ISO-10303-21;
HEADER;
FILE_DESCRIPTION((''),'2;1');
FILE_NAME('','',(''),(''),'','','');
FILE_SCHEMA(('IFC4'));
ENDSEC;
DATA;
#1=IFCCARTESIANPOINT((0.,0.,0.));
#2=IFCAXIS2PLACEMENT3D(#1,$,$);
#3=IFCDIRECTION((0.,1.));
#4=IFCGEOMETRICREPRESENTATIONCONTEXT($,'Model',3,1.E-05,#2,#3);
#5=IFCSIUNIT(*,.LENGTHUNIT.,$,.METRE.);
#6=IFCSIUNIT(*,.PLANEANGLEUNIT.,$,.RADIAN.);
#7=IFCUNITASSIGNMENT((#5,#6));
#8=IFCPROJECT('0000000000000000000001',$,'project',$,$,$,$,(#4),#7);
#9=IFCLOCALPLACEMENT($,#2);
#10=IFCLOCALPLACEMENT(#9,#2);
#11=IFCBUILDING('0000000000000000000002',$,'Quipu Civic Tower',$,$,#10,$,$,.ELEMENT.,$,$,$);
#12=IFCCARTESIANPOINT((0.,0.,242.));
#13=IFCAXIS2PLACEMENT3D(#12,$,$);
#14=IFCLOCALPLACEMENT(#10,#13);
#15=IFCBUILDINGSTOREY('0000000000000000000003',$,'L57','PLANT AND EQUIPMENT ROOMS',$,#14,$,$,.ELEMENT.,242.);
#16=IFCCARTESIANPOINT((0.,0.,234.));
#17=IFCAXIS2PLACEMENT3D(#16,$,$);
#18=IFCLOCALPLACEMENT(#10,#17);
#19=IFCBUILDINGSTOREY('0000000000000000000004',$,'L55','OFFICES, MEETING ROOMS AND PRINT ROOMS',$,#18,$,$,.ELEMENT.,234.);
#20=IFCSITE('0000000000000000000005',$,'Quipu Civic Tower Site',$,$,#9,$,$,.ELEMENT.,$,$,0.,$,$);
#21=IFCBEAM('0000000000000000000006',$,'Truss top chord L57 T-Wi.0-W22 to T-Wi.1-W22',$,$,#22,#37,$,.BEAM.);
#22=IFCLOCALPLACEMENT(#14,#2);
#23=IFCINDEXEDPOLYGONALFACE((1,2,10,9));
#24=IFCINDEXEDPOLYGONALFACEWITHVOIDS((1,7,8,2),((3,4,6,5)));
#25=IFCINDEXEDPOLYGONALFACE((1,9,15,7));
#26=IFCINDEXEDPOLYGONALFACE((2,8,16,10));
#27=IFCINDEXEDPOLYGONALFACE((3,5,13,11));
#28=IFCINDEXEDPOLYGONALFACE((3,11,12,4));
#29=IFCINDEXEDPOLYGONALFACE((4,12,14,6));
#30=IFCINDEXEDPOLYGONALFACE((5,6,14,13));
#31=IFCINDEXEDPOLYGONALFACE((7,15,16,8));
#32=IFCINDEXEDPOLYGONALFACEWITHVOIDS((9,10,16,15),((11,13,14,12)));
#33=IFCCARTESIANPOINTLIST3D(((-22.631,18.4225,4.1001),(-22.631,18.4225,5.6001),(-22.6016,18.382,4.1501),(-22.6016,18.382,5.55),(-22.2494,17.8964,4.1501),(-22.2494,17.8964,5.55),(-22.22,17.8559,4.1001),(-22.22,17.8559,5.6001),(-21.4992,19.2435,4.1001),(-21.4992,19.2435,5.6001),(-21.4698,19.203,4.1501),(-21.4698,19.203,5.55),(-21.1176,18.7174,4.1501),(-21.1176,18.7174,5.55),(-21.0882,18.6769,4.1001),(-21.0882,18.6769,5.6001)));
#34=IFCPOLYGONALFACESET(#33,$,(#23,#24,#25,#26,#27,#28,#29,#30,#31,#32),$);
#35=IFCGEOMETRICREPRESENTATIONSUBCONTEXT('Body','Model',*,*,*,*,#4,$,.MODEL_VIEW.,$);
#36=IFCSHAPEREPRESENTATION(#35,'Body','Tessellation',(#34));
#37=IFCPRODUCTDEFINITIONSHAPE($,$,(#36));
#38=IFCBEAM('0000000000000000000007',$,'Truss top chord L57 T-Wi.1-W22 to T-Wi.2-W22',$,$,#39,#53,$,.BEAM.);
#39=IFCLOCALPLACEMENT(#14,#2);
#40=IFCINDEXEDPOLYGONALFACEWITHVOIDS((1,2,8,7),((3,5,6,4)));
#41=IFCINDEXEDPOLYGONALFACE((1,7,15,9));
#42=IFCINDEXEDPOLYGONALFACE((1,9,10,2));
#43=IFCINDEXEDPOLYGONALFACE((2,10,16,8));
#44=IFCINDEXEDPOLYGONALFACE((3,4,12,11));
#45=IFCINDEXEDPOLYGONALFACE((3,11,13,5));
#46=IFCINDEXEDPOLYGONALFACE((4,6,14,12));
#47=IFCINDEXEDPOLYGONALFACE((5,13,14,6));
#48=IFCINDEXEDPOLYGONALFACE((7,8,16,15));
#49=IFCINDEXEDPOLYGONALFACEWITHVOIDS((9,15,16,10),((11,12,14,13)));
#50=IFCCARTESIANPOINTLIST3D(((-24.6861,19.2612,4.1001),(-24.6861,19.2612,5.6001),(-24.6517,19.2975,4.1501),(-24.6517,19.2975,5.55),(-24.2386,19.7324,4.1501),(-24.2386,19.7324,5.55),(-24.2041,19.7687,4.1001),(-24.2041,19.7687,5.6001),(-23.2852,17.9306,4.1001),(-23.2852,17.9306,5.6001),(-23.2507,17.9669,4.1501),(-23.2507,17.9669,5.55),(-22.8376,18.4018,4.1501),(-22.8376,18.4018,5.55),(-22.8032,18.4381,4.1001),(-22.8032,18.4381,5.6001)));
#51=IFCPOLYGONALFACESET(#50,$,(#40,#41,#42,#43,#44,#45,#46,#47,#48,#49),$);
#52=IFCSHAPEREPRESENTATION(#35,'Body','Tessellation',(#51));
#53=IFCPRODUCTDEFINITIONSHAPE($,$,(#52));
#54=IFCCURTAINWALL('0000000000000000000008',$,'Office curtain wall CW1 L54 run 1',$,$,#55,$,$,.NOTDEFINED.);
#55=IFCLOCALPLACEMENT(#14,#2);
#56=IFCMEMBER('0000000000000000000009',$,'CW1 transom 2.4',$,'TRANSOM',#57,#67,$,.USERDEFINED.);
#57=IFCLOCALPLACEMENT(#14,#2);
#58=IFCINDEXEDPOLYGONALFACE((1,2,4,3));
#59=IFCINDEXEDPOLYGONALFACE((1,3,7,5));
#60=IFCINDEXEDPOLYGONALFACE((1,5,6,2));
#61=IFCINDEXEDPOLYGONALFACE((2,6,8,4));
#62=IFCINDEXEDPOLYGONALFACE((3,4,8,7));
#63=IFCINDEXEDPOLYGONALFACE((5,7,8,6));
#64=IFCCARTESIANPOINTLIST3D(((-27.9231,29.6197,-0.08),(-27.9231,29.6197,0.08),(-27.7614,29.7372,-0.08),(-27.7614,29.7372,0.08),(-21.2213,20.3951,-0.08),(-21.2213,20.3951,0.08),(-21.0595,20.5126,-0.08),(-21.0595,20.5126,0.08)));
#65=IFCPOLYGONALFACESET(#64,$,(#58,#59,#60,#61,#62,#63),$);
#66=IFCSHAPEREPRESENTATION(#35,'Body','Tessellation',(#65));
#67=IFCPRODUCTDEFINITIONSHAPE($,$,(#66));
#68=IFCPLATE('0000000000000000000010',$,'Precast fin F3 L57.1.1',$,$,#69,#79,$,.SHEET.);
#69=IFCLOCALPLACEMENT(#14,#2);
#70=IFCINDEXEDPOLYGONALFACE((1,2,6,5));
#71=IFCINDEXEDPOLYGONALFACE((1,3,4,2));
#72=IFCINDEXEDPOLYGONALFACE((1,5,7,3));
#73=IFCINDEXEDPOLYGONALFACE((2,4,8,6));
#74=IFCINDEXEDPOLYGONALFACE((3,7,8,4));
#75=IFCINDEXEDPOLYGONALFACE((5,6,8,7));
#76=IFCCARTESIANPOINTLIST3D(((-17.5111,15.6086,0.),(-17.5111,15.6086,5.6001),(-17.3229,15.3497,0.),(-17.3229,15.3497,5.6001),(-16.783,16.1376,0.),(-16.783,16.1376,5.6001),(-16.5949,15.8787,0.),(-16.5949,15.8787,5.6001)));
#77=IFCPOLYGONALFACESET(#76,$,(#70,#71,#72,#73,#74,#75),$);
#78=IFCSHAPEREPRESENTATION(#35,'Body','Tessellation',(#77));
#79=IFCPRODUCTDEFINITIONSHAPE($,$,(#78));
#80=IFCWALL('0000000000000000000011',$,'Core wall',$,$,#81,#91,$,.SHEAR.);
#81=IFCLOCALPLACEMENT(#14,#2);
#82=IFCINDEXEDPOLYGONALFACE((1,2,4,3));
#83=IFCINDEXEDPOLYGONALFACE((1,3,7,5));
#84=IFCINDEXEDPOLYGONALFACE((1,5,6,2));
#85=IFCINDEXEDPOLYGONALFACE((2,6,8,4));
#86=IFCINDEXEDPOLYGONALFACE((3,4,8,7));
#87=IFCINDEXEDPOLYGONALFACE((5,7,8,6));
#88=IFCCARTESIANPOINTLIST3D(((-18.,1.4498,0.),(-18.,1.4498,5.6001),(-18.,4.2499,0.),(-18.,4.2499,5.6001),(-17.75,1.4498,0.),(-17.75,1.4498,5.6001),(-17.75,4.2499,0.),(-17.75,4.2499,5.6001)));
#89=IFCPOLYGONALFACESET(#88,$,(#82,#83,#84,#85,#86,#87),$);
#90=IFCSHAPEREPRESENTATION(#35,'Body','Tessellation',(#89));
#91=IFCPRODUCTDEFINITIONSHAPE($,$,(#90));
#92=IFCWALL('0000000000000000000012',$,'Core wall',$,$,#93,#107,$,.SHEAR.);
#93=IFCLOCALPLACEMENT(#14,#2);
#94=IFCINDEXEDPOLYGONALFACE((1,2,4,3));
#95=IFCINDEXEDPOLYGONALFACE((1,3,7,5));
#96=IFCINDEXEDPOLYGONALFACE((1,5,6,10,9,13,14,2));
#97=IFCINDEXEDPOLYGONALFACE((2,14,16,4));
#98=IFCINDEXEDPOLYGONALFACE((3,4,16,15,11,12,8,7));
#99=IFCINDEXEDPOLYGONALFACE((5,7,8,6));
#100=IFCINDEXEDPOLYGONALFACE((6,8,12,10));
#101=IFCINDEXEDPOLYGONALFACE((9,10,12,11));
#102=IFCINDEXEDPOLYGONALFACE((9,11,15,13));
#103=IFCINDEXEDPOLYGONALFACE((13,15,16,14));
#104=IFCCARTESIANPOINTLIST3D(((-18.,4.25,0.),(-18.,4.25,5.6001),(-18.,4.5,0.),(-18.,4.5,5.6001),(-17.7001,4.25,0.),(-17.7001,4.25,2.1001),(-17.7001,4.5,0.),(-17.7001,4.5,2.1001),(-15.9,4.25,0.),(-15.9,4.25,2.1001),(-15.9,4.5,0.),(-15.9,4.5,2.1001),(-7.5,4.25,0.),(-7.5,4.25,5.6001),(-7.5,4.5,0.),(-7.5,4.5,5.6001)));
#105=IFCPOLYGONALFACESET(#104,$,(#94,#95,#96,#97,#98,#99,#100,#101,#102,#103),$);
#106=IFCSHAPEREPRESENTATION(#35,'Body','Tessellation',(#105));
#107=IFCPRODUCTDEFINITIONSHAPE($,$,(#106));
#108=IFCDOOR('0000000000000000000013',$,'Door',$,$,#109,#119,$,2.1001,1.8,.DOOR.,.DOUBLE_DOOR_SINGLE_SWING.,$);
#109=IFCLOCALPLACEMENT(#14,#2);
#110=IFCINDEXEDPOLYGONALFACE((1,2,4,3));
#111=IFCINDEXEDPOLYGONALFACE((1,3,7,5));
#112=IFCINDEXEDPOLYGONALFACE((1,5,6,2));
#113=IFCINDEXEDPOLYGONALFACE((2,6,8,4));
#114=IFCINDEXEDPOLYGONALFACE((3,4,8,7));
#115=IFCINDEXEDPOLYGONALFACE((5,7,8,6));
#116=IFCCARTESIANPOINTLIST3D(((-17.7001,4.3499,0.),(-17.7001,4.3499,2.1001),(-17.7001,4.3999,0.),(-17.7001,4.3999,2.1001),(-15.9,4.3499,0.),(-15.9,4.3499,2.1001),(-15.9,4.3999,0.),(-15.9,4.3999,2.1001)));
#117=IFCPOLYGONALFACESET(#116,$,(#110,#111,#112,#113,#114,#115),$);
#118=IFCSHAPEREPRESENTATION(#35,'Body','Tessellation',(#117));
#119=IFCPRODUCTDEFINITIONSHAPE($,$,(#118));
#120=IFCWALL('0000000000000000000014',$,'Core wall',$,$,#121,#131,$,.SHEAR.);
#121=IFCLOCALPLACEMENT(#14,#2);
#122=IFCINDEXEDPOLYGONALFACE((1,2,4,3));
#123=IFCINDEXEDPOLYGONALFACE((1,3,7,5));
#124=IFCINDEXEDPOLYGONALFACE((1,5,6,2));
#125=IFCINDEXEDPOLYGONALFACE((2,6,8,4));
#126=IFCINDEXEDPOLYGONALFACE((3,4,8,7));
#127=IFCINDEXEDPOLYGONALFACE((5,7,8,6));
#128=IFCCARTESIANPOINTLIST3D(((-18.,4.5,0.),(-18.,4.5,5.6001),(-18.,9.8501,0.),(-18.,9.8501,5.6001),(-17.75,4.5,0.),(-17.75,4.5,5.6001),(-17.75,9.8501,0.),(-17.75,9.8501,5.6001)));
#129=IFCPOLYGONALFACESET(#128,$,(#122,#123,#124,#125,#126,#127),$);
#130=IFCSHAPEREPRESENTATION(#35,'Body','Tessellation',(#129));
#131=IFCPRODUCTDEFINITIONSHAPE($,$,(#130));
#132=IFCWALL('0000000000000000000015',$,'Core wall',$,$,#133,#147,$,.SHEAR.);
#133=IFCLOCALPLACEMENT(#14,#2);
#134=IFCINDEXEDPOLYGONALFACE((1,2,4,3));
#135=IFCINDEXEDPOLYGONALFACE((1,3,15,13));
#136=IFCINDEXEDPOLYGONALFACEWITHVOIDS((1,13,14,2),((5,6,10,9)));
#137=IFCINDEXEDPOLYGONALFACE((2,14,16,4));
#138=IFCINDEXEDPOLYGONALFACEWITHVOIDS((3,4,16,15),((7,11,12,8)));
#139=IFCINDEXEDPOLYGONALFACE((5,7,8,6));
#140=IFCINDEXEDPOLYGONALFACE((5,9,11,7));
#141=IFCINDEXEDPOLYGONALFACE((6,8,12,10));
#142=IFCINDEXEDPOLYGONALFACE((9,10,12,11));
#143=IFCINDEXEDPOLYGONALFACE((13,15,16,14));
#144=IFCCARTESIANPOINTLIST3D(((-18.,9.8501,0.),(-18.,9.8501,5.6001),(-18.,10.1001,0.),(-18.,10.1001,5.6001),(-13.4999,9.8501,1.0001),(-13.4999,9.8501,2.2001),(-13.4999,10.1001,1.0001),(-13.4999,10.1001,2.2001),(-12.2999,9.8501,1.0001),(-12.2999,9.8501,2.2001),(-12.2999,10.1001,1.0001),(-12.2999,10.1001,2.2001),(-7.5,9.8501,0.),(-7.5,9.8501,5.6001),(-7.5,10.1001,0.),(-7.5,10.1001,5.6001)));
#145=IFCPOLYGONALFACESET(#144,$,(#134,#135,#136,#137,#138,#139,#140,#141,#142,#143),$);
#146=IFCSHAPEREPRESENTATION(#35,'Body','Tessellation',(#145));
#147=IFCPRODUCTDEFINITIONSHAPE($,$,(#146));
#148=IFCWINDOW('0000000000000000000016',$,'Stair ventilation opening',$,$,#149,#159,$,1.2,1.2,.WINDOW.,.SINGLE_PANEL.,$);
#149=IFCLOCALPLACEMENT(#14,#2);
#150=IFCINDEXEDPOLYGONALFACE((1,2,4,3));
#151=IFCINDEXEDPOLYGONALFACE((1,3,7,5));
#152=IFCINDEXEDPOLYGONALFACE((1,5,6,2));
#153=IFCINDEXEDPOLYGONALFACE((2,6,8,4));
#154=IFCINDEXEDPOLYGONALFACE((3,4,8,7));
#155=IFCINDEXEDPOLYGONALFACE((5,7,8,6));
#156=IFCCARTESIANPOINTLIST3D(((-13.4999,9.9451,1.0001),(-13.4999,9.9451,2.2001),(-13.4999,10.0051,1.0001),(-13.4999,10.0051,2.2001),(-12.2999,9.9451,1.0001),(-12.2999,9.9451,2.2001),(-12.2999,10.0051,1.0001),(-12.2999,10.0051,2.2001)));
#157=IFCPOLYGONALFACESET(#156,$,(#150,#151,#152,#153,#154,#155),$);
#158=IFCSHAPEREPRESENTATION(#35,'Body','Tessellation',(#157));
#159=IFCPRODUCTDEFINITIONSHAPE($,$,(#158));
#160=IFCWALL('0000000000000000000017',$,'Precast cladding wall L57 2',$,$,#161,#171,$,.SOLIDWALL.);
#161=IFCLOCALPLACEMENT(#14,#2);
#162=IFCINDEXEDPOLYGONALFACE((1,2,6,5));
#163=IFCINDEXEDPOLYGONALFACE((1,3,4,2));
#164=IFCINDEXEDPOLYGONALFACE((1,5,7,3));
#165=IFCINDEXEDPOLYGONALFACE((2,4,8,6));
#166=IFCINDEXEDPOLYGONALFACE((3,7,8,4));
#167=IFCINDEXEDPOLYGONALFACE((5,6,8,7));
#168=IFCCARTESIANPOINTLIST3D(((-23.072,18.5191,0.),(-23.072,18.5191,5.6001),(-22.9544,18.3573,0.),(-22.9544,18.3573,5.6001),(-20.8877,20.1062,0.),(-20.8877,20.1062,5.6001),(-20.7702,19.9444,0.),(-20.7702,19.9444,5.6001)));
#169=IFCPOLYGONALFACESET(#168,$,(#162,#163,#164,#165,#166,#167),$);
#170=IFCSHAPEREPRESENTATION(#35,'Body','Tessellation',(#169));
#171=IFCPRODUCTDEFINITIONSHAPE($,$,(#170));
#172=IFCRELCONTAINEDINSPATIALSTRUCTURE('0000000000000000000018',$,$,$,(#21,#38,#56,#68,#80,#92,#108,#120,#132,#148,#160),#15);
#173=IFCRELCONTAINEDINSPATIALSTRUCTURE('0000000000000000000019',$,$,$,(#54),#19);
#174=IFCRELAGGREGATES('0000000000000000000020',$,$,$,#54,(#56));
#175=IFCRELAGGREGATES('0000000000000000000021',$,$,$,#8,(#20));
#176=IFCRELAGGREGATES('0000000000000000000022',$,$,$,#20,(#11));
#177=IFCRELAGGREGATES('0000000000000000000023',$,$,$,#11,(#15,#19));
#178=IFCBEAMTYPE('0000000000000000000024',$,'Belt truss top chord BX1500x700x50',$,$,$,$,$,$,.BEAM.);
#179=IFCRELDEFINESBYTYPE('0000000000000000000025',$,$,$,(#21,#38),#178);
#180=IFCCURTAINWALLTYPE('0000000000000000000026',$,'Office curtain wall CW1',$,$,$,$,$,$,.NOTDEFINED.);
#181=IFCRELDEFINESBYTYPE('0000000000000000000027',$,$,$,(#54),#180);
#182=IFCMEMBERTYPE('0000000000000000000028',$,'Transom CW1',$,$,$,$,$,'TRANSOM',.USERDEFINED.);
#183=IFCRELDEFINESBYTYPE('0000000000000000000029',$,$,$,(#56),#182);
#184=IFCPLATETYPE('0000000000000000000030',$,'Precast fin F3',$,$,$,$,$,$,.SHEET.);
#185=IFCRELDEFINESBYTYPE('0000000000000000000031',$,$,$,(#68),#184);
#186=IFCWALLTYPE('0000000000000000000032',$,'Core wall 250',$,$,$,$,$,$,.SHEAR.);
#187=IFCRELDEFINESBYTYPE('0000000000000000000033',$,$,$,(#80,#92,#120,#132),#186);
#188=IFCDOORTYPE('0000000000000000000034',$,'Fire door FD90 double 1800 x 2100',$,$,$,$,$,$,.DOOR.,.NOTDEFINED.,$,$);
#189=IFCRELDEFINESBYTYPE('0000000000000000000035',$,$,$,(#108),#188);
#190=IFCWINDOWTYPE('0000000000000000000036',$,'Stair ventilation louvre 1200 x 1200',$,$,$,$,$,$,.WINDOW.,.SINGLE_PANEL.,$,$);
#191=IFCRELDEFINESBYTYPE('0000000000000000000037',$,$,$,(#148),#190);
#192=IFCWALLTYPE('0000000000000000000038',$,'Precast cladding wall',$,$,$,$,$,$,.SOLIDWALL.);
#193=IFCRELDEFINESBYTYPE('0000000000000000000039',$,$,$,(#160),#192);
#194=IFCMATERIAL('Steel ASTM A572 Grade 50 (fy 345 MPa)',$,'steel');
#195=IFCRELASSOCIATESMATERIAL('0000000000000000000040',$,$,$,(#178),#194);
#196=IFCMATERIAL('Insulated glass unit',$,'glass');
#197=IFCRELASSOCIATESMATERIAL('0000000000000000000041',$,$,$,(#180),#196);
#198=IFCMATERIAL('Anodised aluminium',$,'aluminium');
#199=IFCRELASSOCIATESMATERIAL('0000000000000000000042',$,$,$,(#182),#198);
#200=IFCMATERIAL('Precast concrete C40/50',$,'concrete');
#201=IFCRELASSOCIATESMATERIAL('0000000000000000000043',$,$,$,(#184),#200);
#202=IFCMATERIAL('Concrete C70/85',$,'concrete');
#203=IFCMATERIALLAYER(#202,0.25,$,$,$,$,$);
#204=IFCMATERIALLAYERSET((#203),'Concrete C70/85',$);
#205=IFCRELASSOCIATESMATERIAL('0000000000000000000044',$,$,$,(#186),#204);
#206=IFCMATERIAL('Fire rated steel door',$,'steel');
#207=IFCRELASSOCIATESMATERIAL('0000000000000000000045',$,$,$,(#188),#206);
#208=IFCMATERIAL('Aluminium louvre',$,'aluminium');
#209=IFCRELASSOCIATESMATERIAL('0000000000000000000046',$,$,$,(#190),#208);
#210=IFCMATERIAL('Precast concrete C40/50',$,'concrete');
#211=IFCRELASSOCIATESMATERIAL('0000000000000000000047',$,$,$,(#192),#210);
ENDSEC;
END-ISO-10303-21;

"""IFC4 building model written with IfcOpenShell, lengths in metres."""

from ifc_helpers import new_model, si_unit, direction, frame, frame_2d, origin, origin_2d, place, context, subcontext, project, spatial, rectangle, hollow_rectangle, extrude, material, layer, layer_set, material_profile, profile_set, type_object, element, fill, aggregate, save


model = new_model("IFC4")

# Units and contexts
model_context = context("Model", 3, precision=1e-05, world=origin(), true_north=direction((0.0, 1.0)))
body_context = subcontext(model_context, "Body", "Model", "MODEL_VIEW")
ifc_project = project(units=[si_unit("LENGTHUNIT", "METRE"), si_unit("PLANEANGLEUNIT", "RADIAN")], contexts=[model_context])

# Site, building, storey
site_placement = place(None, origin())
site = spatial("IfcSite", under=ifc_project, at=site_placement, Name="Quipu Civic Tower Site", CompositionType="ELEMENT", RefElevation=0.0)
building_placement = place(site_placement, origin())
building = spatial("IfcBuilding", under=site, at=building_placement, Name="Quipu Civic Tower", CompositionType="ELEMENT")
storey_1_placement = place(building_placement, frame((0.0, 0.0, 242.0)))
storey_1 = spatial("IfcBuildingStorey", under=building, at=storey_1_placement, Name="L57", Description="PLANT AND EQUIPMENT ROOMS", CompositionType="ELEMENT", Elevation=242.0)

# Beams
ifc_material_1 = material(Name="Steel ASTM A572 Grade 50 (fy 345 MPa)", Category="steel")
ifc_material_profile_1 = material_profile(ifc_material_1, hollow_rectangle(XDim=0.7, YDim=1.5, WallThickness=0.05, at=origin_2d()), Name="BX1500x700x50")
ifc_profile_set_1 = profile_set([ifc_material_profile_1], Name="Steel ASTM A572 Grade 50 (fy 345 MPa)")
beam_type_1 = type_object("IfcBeamType", Name="Belt truss top chord BX1500x700x50", PredefinedType="BEAM", material=ifc_profile_set_1)
beam_1_placement = place(storey_1_placement, frame((-21.2937, 18.9602, 4.8501), z_axis=(-0.809453, -0.587185, 0.0), x_axis=(0.587185, -0.809453, 0.0)))
element("IfcBeam", 1, at=beam_1_placement, inside=storey_1, type_object=beam_type_1, Name="Truss top chord L57 T-Wi.0-W22 to T-Wi.1-W22", PredefinedType="BEAM", context=body_context, shape_type="SweptSolid", body=[
    extrude(hollow_rectangle(XDim=0.7, YDim=1.5, WallThickness=0.05, at=origin_2d()), origin(), (0.0, 0.0, 1.0), 1.3982),
])
beam_2_placement = place(storey_1_placement, frame((-23.0442, 18.1843, 4.8501), z_axis=(-0.725069, 0.688676, 0.0), x_axis=(-0.688676, -0.725069, 0.0)))
element("IfcBeam", 2, at=beam_2_placement, inside=storey_1, type_object=beam_type_1, Name="Truss top chord L57 T-Wi.1-W22 to T-Wi.2-W22", PredefinedType="BEAM", context=body_context, shape_type="SweptSolid", body=[
    extrude(hollow_rectangle(XDim=0.7, YDim=1.5, WallThickness=0.05, at=origin_2d()), origin(), (0.0, 0.0, 1.0), 1.9321),
])

# Shared definitions
storey_2_placement = place(building_placement, frame((0.0, 0.0, 234.0)))
storey_2 = spatial("IfcBuildingStorey", under=building, at=storey_2_placement, Name="L55", Description="OFFICES, MEETING ROOMS AND PRINT ROOMS", CompositionType="ELEMENT", Elevation=234.0)

# Curtain wall, member
ifc_material_2 = material(Name="Insulated glass unit", Category="glass")
curtain_wall_type = type_object("IfcCurtainWallType", Name="Office curtain wall CW1", PredefinedType="NOTDEFINED", material=ifc_material_2)
curtain_wall_placement = place(storey_2_placement, origin())
curtain_wall = element("IfcCurtainWall", 3, at=curtain_wall_placement, inside=storey_2, type_object=curtain_wall_type, Name="Office curtain wall CW1 L54 run 1", PredefinedType="NOTDEFINED")
ifc_material_3 = material(Name="Anodised aluminium", Category="aluminium")
ifc_material_profile_2 = material_profile(ifc_material_3, rectangle(XDim=0.2, YDim=0.1599, at=origin_2d()), Name="RECT 200x160")
ifc_profile_set_2 = profile_set([ifc_material_profile_2], Name="Anodised aluminium")
member_type_1 = type_object("IfcMemberType", Name="Transom CW1", ElementType="TRANSOM", PredefinedType="USERDEFINED", material=ifc_profile_set_2)
member_1_placement = place(storey_1_placement, frame((-21.1404, 20.4539, 0.0), z_axis=(-0.587776, 0.809024, 0.0), x_axis=(-0.809024, -0.587776, 0.0)))
member_1 = element("IfcMember", 4, at=member_1_placement, inside=storey_1, type_object=member_type_1, Name="CW1 transom 2.4", ObjectType="TRANSOM", PredefinedType="USERDEFINED", context=body_context, shape_type="SweptSolid", body=[
    extrude(rectangle(XDim=0.2, YDim=0.1599, at=origin_2d()), origin(), (0.0, 0.0, 1.0), 11.4021),
])
aggregate(curtain_wall, [member_1])

# Plate
ifc_material_4 = material(Name="Precast concrete C40/50", Category="concrete")
plate_type = type_object("IfcPlateType", Name="Precast fin F3", PredefinedType="SHEET", material=ifc_material_4)
plate_placement = place(storey_1_placement, frame((-17.053, 15.7437, 0.0), z_axis=(0.0, 0.0, 1.0), x_axis=(-0.587784, 0.809018, 0.0)))
element("IfcPlate", 5, at=plate_placement, inside=storey_1, type_object=plate_type, Name="Precast fin F3 L57.1.1", PredefinedType="SHEET", context=body_context, shape_type="SweptSolid", body=[
    extrude(rectangle(XDim=0.3201, YDim=0.8999, at=origin_2d()), origin(), (0.0, 0.0, 1.0), 5.6001),
])

# Wall
ifc_material_5 = material(Name="Concrete C70/85", Category="concrete")
ifc_layer = layer(ifc_material_5, 0.25)
ifc_layer_set = layer_set([ifc_layer], Name="Concrete C70/85")
wall_type_1 = type_object("IfcWallType", Name="Core wall 250", PredefinedType="SHEAR", material=ifc_layer_set)
wall_1_placement = place(storey_1_placement, frame((-17.875, 1.45, 0.0), z_axis=(0.0, 0.0, 1.0), x_axis=(0.0, 1.0, 0.0)))
element("IfcWall", 6, at=wall_1_placement, inside=storey_1, type_object=wall_type_1, Name="Core wall", PredefinedType="SHEAR", context=body_context, shape_type="SweptSolid", body=[
    extrude(rectangle(XDim=2.8, YDim=0.25, at=frame_2d((1.3999, 0.0))), origin(), (0.0, 0.0, 1.0), 5.6001),
])

# Wall, opening, door
wall_2_placement = place(storey_1_placement, frame((-18.0, 4.375, 0.0), z_axis=(0.0, 0.0, 1.0), x_axis=(1.0, 0.0, 0.0)))
wall_2 = element("IfcWall", 7, at=wall_2_placement, inside=storey_1, type_object=wall_type_1, Name="Core wall", PredefinedType="SHEAR", context=body_context, shape_type="SweptSolid", body=[
    extrude(rectangle(XDim=10.5, YDim=0.25, at=frame_2d((5.25, 0.0))), origin(), (0.0, 0.0, 1.0), 5.6001),
])
opening_1_placement = place(wall_2_placement, frame((0.3, 0.0, 0.0)))
opening_1 = element("IfcOpeningElement", 8, at=opening_1_placement, cuts=wall_2, PredefinedType="OPENING", context=body_context, shape_type="SweptSolid", body=[
    extrude(rectangle(XDim=1.8, YDim=2.1001, at=frame_2d((0.8999, 1.05))), frame((0.0, 0.135, 0.0), z_axis=(0.0, -1.0, 0.0), x_axis=(1.0, 0.0, 0.0)), (0.0, 0.0, 1.0), 0.27),
])
ifc_material_6 = material(Name="Fire rated steel door", Category="steel")
door_type = type_object("IfcDoorType", Name="Fire door FD90 double 1800 x 2100", OperationType="NOTDEFINED", PredefinedType="DOOR", material=ifc_material_6)
door_placement = place(opening_1_placement, origin())
door = element("IfcDoor", 9, at=door_placement, inside=storey_1, type_object=door_type, Name="Door", OperationType="DOUBLE_DOOR_SINGLE_SWING", OverallHeight=2.1001, OverallWidth=1.8, PredefinedType="DOOR", context=body_context, shape_type="SweptSolid", body=[
    extrude(rectangle(XDim=1.8, YDim=2.1001, at=frame_2d((0.8999, 1.05))), frame((0.0, 0.0249, 0.0), z_axis=(0.0, -1.0, 0.0), x_axis=(1.0, 0.0, 0.0)), (0.0, 0.0, 1.0), 0.05),
])
fill(opening_1, door)

# Wall
wall_3_placement = place(storey_1_placement, frame((-17.875, 4.5, 0.0), z_axis=(0.0, 0.0, 1.0), x_axis=(0.0, 1.0, 0.0)))
element("IfcWall", 10, at=wall_3_placement, inside=storey_1, type_object=wall_type_1, Name="Core wall", PredefinedType="SHEAR", context=body_context, shape_type="SweptSolid", body=[
    extrude(rectangle(XDim=5.3501, YDim=0.25, at=frame_2d((2.675, 0.0))), origin(), (0.0, 0.0, 1.0), 5.6001),
])

# Wall, opening, window
wall_4_placement = place(storey_1_placement, frame((-18.0, 9.9751, 0.0), z_axis=(0.0, 0.0, 1.0), x_axis=(1.0, 0.0, 0.0)))
wall_4 = element("IfcWall", 11, at=wall_4_placement, inside=storey_1, type_object=wall_type_1, Name="Core wall", PredefinedType="SHEAR", context=body_context, shape_type="SweptSolid", body=[
    extrude(rectangle(XDim=10.5, YDim=0.25, at=frame_2d((5.25, 0.0))), origin(), (0.0, 0.0, 1.0), 5.6001),
])
opening_2_placement = place(wall_4_placement, frame((4.5, 0.0, 1.0)))
opening_2 = element("IfcOpeningElement", 12, at=opening_2_placement, cuts=wall_4, PredefinedType="OPENING", context=body_context, shape_type="SweptSolid", body=[
    extrude(rectangle(XDim=1.2, YDim=1.2, at=frame_2d((0.6001, 0.6001))), frame((0.0, 0.135, 0.0), z_axis=(0.0, -1.0, 0.0), x_axis=(1.0, 0.0, 0.0)), (0.0, 0.0, 1.0), 0.27),
])
ifc_material_7 = material(Name="Aluminium louvre", Category="aluminium")
window_type = type_object("IfcWindowType", Name="Stair ventilation louvre 1200 x 1200", PartitioningType="SINGLE_PANEL", PredefinedType="WINDOW", material=ifc_material_7)
window_placement = place(opening_2_placement, origin())
window = element("IfcWindow", 13, at=window_placement, inside=storey_1, type_object=window_type, Name="Stair ventilation opening", OverallHeight=1.2, OverallWidth=1.2, PartitioningType="SINGLE_PANEL", PredefinedType="WINDOW", context=body_context, shape_type="SweptSolid", body=[
    extrude(rectangle(XDim=1.2, YDim=1.2, at=frame_2d((0.6001, 0.6001))), frame((0.0, 0.03, 0.0), z_axis=(0.0, -1.0, 0.0), x_axis=(1.0, 0.0, 0.0)), (0.0, 0.0, 1.0), 0.0601),
])
fill(opening_2, window)

# Wall
ifc_material_8 = material(Name="Precast concrete C40/50", Category="concrete")
wall_type_2 = type_object("IfcWallType", Name="Precast cladding wall", PredefinedType="SOLIDWALL", material=ifc_material_8)
wall_5_placement = place(storey_1_placement, frame((-20.8289, 20.0254, 0.0), z_axis=(0.0, 0.0, 1.0), x_axis=(-0.80899, -0.587822, 0.0)))
element("IfcWall", 14, at=wall_5_placement, inside=storey_1, type_object=wall_type_2, Name="Precast cladding wall L57 2", PredefinedType="SOLIDWALL", context=body_context, shape_type="SweptSolid", body=[
    extrude(rectangle(XDim=2.7, YDim=0.2, at=frame_2d((1.3501, 0.0))), origin(), (0.0, 0.0, 1.0), 5.6001),
])

save(model, "model.ifc")
